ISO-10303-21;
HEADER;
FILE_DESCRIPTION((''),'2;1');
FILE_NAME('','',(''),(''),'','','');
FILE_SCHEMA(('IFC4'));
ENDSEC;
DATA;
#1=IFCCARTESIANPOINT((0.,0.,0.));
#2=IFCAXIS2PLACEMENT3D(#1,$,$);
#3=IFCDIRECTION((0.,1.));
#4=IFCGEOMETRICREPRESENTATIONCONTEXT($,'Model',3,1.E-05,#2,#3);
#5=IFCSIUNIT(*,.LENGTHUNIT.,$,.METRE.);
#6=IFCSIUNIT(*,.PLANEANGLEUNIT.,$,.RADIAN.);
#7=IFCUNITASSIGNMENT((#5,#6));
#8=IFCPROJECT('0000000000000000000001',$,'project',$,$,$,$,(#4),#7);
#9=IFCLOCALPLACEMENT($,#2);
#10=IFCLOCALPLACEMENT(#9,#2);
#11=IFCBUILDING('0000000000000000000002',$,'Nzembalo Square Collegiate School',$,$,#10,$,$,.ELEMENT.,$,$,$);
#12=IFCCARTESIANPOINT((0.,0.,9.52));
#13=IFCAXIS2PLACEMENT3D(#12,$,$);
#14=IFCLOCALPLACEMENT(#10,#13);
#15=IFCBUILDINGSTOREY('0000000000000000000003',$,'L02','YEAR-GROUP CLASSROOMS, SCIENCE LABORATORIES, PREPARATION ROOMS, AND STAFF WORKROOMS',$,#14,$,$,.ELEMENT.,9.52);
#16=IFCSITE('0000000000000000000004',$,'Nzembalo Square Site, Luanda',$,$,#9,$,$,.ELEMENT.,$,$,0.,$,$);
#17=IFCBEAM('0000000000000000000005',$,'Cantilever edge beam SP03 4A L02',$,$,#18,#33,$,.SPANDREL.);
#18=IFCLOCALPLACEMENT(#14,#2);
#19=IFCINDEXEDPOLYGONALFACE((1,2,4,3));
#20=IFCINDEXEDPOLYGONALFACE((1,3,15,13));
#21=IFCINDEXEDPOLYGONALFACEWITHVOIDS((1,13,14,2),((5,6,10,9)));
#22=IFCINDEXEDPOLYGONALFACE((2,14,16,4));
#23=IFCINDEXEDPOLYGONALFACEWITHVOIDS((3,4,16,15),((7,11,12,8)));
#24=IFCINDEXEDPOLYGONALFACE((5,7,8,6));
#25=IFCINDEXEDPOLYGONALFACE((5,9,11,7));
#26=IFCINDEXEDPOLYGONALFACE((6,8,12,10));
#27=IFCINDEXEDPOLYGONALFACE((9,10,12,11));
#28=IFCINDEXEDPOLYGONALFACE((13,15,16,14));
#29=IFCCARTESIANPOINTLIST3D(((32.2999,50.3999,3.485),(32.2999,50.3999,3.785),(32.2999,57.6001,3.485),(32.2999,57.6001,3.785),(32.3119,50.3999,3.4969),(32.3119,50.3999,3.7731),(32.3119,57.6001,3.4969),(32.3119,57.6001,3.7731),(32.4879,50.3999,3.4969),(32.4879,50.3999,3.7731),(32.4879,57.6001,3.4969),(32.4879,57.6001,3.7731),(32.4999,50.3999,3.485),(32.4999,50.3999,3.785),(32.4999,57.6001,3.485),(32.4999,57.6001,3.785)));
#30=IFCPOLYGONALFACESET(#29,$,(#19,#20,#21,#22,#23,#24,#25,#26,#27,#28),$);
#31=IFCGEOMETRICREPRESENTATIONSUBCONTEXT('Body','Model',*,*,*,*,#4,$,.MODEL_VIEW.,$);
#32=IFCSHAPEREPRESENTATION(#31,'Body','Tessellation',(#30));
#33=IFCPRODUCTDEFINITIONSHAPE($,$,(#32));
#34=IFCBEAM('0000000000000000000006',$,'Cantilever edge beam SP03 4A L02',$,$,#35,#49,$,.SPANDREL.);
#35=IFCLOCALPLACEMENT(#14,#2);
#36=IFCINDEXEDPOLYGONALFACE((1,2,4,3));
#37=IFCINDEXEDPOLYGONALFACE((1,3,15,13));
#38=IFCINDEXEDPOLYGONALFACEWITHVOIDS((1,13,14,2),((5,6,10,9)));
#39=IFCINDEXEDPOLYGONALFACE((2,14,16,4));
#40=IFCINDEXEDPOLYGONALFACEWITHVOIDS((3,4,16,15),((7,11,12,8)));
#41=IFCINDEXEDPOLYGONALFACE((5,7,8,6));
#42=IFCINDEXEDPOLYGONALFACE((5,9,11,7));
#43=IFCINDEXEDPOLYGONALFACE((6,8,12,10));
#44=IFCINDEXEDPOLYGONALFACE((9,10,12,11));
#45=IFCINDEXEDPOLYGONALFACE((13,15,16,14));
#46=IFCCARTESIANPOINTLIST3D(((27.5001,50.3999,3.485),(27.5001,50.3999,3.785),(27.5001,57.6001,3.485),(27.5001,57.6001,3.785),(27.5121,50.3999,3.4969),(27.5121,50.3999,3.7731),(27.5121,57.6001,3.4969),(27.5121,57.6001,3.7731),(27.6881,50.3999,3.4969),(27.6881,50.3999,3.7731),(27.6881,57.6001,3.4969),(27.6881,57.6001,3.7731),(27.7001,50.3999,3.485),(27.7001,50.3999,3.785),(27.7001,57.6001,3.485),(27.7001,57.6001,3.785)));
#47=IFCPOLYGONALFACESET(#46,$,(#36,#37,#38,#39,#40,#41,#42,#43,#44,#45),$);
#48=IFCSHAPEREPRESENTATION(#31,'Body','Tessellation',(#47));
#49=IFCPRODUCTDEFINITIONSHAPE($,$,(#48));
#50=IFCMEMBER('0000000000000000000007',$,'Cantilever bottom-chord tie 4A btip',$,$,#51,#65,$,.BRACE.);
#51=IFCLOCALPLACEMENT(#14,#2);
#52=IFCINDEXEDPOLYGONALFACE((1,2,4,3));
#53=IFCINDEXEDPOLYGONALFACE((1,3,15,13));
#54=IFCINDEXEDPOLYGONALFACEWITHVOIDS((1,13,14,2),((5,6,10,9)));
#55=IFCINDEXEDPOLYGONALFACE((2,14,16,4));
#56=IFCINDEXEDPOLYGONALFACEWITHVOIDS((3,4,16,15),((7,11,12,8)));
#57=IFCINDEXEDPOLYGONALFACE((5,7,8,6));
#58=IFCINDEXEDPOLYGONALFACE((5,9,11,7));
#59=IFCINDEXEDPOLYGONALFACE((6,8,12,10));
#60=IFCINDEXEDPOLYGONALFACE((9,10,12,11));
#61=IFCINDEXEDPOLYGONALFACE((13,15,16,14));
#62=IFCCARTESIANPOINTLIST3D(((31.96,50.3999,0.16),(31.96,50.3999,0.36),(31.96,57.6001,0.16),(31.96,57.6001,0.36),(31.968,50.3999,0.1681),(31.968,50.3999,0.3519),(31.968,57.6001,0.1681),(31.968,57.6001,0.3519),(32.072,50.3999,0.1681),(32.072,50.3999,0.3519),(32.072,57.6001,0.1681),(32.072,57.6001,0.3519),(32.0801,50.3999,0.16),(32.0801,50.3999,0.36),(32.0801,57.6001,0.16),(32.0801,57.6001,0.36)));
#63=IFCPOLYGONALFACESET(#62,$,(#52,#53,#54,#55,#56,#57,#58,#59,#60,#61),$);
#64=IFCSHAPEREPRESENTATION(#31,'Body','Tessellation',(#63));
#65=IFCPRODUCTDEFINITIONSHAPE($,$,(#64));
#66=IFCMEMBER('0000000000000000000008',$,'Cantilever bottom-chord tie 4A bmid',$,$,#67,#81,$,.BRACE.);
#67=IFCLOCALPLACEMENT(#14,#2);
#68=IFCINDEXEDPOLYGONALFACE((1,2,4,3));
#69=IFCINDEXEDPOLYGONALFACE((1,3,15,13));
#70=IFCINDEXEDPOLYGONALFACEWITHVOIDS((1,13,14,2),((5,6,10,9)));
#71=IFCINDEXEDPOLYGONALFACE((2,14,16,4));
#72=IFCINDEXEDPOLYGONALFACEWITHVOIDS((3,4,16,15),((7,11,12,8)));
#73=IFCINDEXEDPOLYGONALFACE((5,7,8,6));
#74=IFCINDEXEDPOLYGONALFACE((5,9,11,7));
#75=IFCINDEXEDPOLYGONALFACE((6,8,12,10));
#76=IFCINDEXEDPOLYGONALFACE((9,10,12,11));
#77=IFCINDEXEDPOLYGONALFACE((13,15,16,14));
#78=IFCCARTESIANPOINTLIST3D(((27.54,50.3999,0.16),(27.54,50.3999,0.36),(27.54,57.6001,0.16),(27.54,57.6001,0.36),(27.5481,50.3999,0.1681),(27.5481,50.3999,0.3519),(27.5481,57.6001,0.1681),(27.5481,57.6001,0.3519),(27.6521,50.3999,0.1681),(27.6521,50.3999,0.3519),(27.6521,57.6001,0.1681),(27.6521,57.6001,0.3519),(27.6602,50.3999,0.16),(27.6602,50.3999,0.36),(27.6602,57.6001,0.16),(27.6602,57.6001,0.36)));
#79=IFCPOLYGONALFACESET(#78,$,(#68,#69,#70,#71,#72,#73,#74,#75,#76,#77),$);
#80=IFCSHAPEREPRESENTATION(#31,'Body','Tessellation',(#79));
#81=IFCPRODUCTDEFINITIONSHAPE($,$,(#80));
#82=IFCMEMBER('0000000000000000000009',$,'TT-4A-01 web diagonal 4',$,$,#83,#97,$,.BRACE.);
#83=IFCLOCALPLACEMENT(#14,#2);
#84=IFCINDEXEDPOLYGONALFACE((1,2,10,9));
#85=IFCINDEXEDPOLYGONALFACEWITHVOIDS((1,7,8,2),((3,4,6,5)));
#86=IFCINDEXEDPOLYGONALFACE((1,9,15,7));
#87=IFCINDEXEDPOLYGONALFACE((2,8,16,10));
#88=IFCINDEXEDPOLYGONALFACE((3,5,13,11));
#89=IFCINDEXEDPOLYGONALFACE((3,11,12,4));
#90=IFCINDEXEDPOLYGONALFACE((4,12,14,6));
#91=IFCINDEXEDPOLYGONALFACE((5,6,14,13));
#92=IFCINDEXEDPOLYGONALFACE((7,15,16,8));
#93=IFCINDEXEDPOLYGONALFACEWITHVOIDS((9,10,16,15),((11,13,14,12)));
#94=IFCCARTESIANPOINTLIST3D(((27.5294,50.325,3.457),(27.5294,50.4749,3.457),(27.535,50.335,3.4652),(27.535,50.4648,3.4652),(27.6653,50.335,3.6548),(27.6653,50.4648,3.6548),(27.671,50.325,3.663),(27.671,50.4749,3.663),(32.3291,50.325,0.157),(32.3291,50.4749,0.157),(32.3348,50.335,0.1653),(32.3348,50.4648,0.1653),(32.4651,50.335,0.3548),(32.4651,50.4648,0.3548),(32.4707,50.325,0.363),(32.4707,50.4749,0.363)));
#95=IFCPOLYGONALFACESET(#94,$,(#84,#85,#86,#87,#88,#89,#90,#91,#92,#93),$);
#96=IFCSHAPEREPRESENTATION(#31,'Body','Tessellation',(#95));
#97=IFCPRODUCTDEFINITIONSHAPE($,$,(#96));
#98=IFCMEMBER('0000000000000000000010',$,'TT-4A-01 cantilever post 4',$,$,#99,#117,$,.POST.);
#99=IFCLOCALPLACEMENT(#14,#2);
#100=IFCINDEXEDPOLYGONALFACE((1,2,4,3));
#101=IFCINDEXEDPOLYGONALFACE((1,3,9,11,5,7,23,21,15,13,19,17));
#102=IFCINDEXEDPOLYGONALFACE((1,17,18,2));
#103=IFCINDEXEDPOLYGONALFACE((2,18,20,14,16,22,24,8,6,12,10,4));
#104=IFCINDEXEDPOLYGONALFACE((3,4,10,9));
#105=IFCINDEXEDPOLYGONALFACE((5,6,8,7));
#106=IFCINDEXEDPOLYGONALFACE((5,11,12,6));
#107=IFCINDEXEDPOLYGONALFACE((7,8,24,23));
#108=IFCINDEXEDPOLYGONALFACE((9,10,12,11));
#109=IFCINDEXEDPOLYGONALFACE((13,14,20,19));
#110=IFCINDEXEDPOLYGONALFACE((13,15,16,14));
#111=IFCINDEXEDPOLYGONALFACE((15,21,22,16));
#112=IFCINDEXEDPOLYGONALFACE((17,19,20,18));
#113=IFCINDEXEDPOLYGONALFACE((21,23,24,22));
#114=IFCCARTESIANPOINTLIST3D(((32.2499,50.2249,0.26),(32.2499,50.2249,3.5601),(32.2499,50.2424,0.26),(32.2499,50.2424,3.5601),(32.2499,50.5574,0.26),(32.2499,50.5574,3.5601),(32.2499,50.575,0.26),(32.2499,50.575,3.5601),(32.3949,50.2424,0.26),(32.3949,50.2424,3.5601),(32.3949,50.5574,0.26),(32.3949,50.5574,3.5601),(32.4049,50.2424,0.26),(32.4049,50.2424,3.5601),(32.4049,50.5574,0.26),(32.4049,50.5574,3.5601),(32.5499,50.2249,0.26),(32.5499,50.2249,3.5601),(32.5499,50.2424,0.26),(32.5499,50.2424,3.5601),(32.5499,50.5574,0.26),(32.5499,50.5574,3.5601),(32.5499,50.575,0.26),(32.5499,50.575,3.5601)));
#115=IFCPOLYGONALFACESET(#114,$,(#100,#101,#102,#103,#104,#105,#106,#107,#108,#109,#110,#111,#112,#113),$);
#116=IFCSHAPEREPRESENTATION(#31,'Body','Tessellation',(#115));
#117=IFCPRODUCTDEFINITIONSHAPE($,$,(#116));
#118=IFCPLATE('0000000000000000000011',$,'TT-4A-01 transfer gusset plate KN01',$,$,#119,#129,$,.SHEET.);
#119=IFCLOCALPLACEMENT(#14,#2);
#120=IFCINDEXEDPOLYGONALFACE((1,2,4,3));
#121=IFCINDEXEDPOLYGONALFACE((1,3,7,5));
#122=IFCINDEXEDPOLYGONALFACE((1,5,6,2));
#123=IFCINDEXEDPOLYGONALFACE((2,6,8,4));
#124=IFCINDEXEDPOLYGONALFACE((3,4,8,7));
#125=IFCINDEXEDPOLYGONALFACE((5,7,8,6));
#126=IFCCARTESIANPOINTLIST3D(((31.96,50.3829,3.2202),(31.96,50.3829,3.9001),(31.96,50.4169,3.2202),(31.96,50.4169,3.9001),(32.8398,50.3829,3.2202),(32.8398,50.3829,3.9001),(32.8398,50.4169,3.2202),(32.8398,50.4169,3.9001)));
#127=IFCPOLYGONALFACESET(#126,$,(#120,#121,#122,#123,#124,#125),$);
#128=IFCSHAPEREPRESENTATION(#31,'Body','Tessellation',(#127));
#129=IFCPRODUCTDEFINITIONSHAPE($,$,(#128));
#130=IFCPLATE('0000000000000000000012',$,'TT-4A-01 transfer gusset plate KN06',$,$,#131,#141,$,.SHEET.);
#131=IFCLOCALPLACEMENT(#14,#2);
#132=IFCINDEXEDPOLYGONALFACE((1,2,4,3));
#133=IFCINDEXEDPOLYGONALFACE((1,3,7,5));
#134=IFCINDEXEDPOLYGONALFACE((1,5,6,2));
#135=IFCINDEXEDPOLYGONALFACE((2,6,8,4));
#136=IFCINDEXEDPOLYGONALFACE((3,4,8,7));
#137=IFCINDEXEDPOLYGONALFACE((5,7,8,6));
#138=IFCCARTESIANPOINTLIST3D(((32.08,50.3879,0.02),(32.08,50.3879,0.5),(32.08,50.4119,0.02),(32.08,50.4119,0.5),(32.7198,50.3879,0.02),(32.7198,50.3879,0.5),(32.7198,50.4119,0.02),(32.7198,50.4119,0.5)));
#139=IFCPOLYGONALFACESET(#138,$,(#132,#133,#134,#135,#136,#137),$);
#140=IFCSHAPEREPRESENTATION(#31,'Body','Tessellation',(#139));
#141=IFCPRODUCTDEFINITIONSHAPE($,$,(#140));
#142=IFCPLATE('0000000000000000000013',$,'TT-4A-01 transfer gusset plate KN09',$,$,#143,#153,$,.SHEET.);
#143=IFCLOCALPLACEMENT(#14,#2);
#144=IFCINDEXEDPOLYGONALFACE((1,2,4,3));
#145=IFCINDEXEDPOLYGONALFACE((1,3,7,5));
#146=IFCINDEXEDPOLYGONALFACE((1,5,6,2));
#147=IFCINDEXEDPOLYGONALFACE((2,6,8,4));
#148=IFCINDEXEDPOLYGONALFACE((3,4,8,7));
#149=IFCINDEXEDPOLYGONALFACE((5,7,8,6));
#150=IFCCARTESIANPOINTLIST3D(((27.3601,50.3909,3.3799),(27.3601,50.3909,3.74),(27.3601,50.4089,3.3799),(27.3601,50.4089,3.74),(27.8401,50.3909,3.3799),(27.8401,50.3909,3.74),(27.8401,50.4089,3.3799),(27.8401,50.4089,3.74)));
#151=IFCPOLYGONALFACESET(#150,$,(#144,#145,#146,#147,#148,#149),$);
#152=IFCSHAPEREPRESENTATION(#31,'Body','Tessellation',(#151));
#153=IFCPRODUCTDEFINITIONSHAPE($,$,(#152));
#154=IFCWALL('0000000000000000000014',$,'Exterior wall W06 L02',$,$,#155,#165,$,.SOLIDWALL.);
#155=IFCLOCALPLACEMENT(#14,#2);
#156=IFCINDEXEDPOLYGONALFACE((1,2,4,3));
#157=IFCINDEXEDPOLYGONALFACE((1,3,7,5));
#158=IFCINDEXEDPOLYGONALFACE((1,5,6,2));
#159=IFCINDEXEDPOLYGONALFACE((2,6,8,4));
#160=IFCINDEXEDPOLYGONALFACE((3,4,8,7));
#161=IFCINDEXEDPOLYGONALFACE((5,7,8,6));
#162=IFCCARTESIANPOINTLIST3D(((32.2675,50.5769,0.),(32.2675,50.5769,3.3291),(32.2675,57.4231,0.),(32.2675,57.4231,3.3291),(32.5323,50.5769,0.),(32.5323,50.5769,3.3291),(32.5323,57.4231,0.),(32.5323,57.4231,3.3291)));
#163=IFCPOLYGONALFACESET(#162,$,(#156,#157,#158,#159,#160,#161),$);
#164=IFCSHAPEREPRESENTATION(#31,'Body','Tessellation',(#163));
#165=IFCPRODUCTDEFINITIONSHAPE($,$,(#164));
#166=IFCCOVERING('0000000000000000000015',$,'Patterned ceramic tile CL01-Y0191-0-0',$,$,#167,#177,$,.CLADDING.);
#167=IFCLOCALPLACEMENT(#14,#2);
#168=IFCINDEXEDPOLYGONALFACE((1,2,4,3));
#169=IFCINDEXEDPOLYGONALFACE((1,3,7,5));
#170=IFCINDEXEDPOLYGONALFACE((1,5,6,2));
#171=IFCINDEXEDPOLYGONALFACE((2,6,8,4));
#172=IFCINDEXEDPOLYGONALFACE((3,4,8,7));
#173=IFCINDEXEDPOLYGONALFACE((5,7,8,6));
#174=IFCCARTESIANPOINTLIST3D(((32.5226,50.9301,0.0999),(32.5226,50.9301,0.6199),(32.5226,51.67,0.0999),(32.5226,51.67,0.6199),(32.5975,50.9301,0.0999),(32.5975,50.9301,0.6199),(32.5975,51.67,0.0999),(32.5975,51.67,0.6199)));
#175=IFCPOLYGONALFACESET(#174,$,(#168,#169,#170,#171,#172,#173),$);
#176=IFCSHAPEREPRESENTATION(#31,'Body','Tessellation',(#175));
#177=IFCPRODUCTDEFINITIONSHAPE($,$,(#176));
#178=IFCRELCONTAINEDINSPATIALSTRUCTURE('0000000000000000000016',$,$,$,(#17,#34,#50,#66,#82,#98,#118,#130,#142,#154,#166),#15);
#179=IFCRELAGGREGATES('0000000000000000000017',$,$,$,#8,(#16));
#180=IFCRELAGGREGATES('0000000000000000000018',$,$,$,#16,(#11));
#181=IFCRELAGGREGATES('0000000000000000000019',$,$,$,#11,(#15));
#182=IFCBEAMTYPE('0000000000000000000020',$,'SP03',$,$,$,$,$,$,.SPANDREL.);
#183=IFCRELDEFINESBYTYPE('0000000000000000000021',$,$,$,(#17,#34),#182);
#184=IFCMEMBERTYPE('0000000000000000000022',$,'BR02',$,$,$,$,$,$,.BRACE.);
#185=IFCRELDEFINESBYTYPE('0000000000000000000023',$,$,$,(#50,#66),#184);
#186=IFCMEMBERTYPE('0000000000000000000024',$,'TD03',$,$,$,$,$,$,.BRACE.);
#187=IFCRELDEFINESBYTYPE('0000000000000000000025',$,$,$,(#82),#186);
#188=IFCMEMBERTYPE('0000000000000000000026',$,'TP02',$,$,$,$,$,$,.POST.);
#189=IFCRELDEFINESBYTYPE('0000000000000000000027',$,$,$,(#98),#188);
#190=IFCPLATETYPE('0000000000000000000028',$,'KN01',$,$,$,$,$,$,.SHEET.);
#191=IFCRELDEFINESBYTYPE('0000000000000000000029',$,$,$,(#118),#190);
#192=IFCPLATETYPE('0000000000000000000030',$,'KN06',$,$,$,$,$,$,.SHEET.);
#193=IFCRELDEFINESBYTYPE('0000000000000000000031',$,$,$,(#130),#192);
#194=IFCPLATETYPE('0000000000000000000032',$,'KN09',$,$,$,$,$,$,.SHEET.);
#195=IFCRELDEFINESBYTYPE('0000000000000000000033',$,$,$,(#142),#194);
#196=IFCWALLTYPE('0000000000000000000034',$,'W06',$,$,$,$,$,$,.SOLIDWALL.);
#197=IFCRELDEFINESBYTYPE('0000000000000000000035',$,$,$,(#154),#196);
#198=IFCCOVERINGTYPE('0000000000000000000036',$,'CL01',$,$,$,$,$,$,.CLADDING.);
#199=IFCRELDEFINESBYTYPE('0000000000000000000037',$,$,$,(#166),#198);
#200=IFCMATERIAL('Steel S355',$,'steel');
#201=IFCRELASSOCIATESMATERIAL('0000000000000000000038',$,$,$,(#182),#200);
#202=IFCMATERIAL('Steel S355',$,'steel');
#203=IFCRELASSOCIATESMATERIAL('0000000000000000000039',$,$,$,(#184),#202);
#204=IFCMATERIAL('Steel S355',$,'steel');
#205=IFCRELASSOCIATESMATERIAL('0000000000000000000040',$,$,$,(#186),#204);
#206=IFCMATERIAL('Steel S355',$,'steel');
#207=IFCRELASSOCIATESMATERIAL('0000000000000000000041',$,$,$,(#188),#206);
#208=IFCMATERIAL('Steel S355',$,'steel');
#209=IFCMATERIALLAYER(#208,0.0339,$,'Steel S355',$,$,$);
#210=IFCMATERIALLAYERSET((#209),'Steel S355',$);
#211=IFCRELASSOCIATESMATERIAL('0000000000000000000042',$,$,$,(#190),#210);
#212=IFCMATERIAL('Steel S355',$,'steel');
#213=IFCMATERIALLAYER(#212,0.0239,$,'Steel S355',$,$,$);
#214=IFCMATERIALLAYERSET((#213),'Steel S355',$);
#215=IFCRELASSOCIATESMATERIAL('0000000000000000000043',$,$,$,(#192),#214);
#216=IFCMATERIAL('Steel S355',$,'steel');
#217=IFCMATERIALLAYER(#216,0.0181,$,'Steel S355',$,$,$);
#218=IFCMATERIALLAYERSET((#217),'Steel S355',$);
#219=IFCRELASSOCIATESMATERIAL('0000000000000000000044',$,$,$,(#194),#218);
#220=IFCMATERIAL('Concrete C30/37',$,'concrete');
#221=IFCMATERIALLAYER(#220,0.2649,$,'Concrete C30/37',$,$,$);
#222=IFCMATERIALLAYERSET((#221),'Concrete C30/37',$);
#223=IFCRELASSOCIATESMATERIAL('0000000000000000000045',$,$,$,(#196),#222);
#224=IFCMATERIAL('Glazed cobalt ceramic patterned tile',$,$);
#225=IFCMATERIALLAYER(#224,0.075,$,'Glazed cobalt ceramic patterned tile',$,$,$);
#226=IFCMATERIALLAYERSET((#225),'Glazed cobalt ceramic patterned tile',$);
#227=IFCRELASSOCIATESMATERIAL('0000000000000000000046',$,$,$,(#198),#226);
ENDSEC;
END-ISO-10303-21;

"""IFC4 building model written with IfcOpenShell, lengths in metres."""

from ifc_helpers import new_model, si_unit, direction, frame, frame_2d, origin, origin_2d, place, context, subcontext, project, spatial, rectangle, hollow_rectangle, i_section, extrude, material, layer, layer_set, material_profile, profile_set, type_object, element, save


model = new_model("IFC4")

# Units and contexts
model_context = context("Model", 3, precision=1e-05, world=origin(), true_north=direction((0.0, 1.0)))
body_context = subcontext(model_context, "Body", "Model", "MODEL_VIEW")
ifc_project = project(units=[si_unit("LENGTHUNIT", "METRE"), si_unit("PLANEANGLEUNIT", "RADIAN")], contexts=[model_context])

# Site, building, storey
site_placement = place(None, origin())
site = spatial("IfcSite", under=ifc_project, at=site_placement, Name="Nzembalo Square Site, Luanda", CompositionType="ELEMENT", RefElevation=0.0)
building_placement = place(site_placement, origin())
building = spatial("IfcBuilding", under=site, at=building_placement, Name="Nzembalo Square Collegiate School", CompositionType="ELEMENT")
storey_placement = place(building_placement, frame((0.0, 0.0, 9.52)))
storey = spatial("IfcBuildingStorey", under=building, at=storey_placement, Name="L02", Description="YEAR-GROUP CLASSROOMS, SCIENCE LABORATORIES, PREPARATION ROOMS, AND STAFF WORKROOMS", CompositionType="ELEMENT", Elevation=9.52)

# Beams
ifc_material_1 = material(Name="Steel S355", Category="steel")
ifc_material_profile_1 = material_profile(ifc_material_1, hollow_rectangle(XDim=0.2, YDim=0.3, WallThickness=0.012, at=origin_2d()), Name="RHS 300x200x12")
ifc_profile_set_1 = profile_set([ifc_material_profile_1], Name="Steel S355")
beam_type = type_object("IfcBeamType", Name="SP03", PredefinedType="SPANDREL", material=ifc_profile_set_1)
for number, where, z_axis, x_axis, name in (
    (1, (32.3999, 50.3999, 3.635), (0.0, 1.0, 0.0), (-1.0, 0.0, 0.0), "Cantilever edge beam SP03 4A L02"),
    (2, (27.6001, 50.3999, 3.635), (0.0, 1.0, 0.0), (-1.0, 0.0, 0.0), "Cantilever edge beam SP03 4A L02"),
):
    element("IfcBeam", number, at=place(storey_placement, frame(where, z_axis=z_axis, x_axis=x_axis)), inside=storey, type_object=beam_type, Name=name, PredefinedType="SPANDREL", context=body_context, shape_type="SweptSolid", body=[
        extrude(hollow_rectangle(XDim=0.2, YDim=0.3, WallThickness=0.012, at=origin_2d()), origin(), (0.0, 0.0, 1.0), 7.2002),
    ])

# Members
ifc_material_2 = material(Name="Steel S355", Category="steel")
ifc_material_profile_2 = material_profile(ifc_material_2, hollow_rectangle(XDim=0.1201, YDim=0.2, WallThickness=0.0081, at=origin_2d()), Name="RHS 200x120x8")
ifc_profile_set_2 = profile_set([ifc_material_profile_2], Name="Steel S355")
member_type_1 = type_object("IfcMemberType", Name="BR02", PredefinedType="BRACE", material=ifc_profile_set_2)
for number, where, z_axis, x_axis, name in (
    (3, (32.02, 50.3999, 0.26), (0.0, 1.0, 0.0), (-1.0, 0.0, 0.0), "Cantilever bottom-chord tie 4A btip"),
    (4, (27.6001, 50.3999, 0.26), (0.0, 1.0, 0.0), (-1.0, 0.0, 0.0), "Cantilever bottom-chord tie 4A bmid"),
):
    element("IfcMember", number, at=place(storey_placement, frame(where, z_axis=z_axis, x_axis=x_axis)), inside=storey, type_object=member_type_1, Name=name, PredefinedType="BRACE", context=body_context, shape_type="SweptSolid", body=[
        extrude(hollow_rectangle(XDim=0.1201, YDim=0.2, WallThickness=0.0081, at=origin_2d()), origin(), (0.0, 0.0, 1.0), 7.2002),
    ])
ifc_material_3 = material(Name="Steel S355", Category="steel")
ifc_material_profile_3 = material_profile(ifc_material_3, hollow_rectangle(XDim=0.1499, YDim=0.25, WallThickness=0.01, at=origin_2d()), Name="RHS 250x150x10")
ifc_profile_set_3 = profile_set([ifc_material_profile_3], Name="Steel S355")
member_type_2 = type_object("IfcMemberType", Name="TD03", PredefinedType="BRACE", material=ifc_profile_set_3)
member_1_placement = place(storey_placement, frame((32.3999, 50.3999, 0.26), z_axis=(-0.824027, 0.0, 0.56655), x_axis=(0.0, -1.0, 0.0)))
element("IfcMember", 5, at=member_1_placement, inside=storey, type_object=member_type_2, Name="TT-4A-01 web diagonal 4", PredefinedType="BRACE", context=body_context, shape_type="SweptSolid", body=[
    extrude(hollow_rectangle(XDim=0.1499, YDim=0.25, WallThickness=0.01, at=origin_2d()), origin(), (0.0, 0.0, 1.0), 5.8247),
])
ifc_material_4 = material(Name="Steel S355", Category="steel")
ifc_material_profile_4 = material_profile(ifc_material_4, i_section(OverallWidth=0.3, OverallDepth=0.3501, WebThickness=0.01, FlangeThickness=0.0176, at=origin_2d()), Name="HEA 360")
ifc_profile_set_4 = profile_set([ifc_material_profile_4], Name="Steel S355")
member_type_3 = type_object("IfcMemberType", Name="TP02", PredefinedType="POST", material=ifc_profile_set_4)
member_2_placement = place(storey_placement, frame((32.3999, 50.3999, 0.26), z_axis=(0.0, 0.0, 1.0), x_axis=(1.0, 0.0, 0.0)))
element("IfcMember", 6, at=member_2_placement, inside=storey, type_object=member_type_3, Name="TT-4A-01 cantilever post 4", PredefinedType="POST", context=body_context, shape_type="SweptSolid", body=[
    extrude(i_section(OverallWidth=0.3, OverallDepth=0.3501, WebThickness=0.01, FlangeThickness=0.0176, at=origin_2d()), origin(), (0.0, 0.0, 1.0), 3.3),
])

# Plates
ifc_material_5 = material(Name="Steel S355", Category="steel")
ifc_layer_1 = layer(ifc_material_5, 0.0339, Name="Steel S355")
ifc_layer_set_1 = layer_set([ifc_layer_1], Name="Steel S355")
plate_type_1 = type_object("IfcPlateType", Name="KN01", PredefinedType="SHEET", material=ifc_layer_set_1)
plate_1_placement = place(storey_placement, frame((32.3999, 50.3999, 3.2202), z_axis=(0.0, 0.0, 1.0), x_axis=(1.0, 0.0, 0.0)))
element("IfcPlate", 7, at=plate_1_placement, inside=storey, type_object=plate_type_1, Name="TT-4A-01 transfer gusset plate KN01", PredefinedType="SHEET", context=body_context, shape_type="SweptSolid", body=[
    extrude(rectangle(XDim=0.8799, YDim=0.0339, at=origin_2d()), origin(), (0.0, 0.0, 1.0), 0.6799),
])
ifc_material_6 = material(Name="Steel S355", Category="steel")
ifc_layer_2 = layer(ifc_material_6, 0.0239, Name="Steel S355")
ifc_layer_set_2 = layer_set([ifc_layer_2], Name="Steel S355")
plate_type_2 = type_object("IfcPlateType", Name="KN06", PredefinedType="SHEET", material=ifc_layer_set_2)
plate_2_placement = place(storey_placement, frame((32.3999, 50.3999, 0.02), z_axis=(0.0, 0.0, 1.0), x_axis=(1.0, 0.0, 0.0)))
element("IfcPlate", 8, at=plate_2_placement, inside=storey, type_object=plate_type_2, Name="TT-4A-01 transfer gusset plate KN06", PredefinedType="SHEET", context=body_context, shape_type="SweptSolid", body=[
    extrude(rectangle(XDim=0.6399, YDim=0.0239, at=origin_2d()), origin(), (0.0, 0.0, 1.0), 0.48),
])
ifc_material_7 = material(Name="Steel S355", Category="steel")
ifc_layer_3 = layer(ifc_material_7, 0.0181, Name="Steel S355")
ifc_layer_set_3 = layer_set([ifc_layer_3], Name="Steel S355")
plate_type_3 = type_object("IfcPlateType", Name="KN09", PredefinedType="SHEET", material=ifc_layer_set_3)
plate_3_placement = place(storey_placement, frame((27.6001, 50.3999, 3.3799), z_axis=(0.0, 0.0, 1.0), x_axis=(1.0, 0.0, 0.0)))
element("IfcPlate", 9, at=plate_3_placement, inside=storey, type_object=plate_type_3, Name="TT-4A-01 transfer gusset plate KN09", PredefinedType="SHEET", context=body_context, shape_type="SweptSolid", body=[
    extrude(rectangle(XDim=0.48, YDim=0.0181, at=origin_2d()), origin(), (0.0, 0.0, 1.0), 0.3601),
])

# Wall
ifc_material_8 = material(Name="Concrete C30/37", Category="concrete")
ifc_layer_4 = layer(ifc_material_8, 0.2649, Name="Concrete C30/37")
ifc_layer_set_4 = layer_set([ifc_layer_4], Name="Concrete C30/37")
wall_type = type_object("IfcWallType", Name="W06", PredefinedType="SOLIDWALL", material=ifc_layer_set_4)
wall_placement = place(storey_placement, frame((32.3999, 50.5769, 0.0), z_axis=(0.0, 0.0, 1.0), x_axis=(0.0, 1.0, 0.0)))
element("IfcWall", 10, at=wall_placement, inside=storey, type_object=wall_type, Name="Exterior wall W06 L02", PredefinedType="SOLIDWALL", context=body_context, shape_type="SweptSolid", body=[
    extrude(rectangle(XDim=6.8462, YDim=0.2649, at=frame_2d((3.4231, 0.0))), origin(), (0.0, 0.0, 1.0), 3.3291),
])

# Covering
ifc_material_9 = material(Name="Glazed cobalt ceramic patterned tile")
ifc_layer_5 = layer(ifc_material_9, 0.075, Name="Glazed cobalt ceramic patterned tile")
ifc_layer_set_5 = layer_set([ifc_layer_5], Name="Glazed cobalt ceramic patterned tile")
covering_type_1 = type_object("IfcCoveringType", Name="CL01", PredefinedType="CLADDING", material=ifc_layer_set_5)
for number, where, z_axis, x_axis, name in (
    (11, (32.5601, 51.3, 0.0999), (0.0, 0.0, 1.0), (1.0, 0.0, 0.0), "Patterned ceramic tile CL01-Y0191-0-0"),
):
    element("IfcCovering", number, at=place(storey_placement, frame(where, z_axis=z_axis, x_axis=x_axis)), inside=storey, type_object=covering_type_1, Name=name, PredefinedType="CLADDING", context=body_context, shape_type="SweptSolid", body=[
        extrude(rectangle(XDim=0.075, YDim=0.74, at=origin_2d()), origin(), (0.0, 0.0, 1.0), 0.52),
    ])

save(model, "model.ifc")
